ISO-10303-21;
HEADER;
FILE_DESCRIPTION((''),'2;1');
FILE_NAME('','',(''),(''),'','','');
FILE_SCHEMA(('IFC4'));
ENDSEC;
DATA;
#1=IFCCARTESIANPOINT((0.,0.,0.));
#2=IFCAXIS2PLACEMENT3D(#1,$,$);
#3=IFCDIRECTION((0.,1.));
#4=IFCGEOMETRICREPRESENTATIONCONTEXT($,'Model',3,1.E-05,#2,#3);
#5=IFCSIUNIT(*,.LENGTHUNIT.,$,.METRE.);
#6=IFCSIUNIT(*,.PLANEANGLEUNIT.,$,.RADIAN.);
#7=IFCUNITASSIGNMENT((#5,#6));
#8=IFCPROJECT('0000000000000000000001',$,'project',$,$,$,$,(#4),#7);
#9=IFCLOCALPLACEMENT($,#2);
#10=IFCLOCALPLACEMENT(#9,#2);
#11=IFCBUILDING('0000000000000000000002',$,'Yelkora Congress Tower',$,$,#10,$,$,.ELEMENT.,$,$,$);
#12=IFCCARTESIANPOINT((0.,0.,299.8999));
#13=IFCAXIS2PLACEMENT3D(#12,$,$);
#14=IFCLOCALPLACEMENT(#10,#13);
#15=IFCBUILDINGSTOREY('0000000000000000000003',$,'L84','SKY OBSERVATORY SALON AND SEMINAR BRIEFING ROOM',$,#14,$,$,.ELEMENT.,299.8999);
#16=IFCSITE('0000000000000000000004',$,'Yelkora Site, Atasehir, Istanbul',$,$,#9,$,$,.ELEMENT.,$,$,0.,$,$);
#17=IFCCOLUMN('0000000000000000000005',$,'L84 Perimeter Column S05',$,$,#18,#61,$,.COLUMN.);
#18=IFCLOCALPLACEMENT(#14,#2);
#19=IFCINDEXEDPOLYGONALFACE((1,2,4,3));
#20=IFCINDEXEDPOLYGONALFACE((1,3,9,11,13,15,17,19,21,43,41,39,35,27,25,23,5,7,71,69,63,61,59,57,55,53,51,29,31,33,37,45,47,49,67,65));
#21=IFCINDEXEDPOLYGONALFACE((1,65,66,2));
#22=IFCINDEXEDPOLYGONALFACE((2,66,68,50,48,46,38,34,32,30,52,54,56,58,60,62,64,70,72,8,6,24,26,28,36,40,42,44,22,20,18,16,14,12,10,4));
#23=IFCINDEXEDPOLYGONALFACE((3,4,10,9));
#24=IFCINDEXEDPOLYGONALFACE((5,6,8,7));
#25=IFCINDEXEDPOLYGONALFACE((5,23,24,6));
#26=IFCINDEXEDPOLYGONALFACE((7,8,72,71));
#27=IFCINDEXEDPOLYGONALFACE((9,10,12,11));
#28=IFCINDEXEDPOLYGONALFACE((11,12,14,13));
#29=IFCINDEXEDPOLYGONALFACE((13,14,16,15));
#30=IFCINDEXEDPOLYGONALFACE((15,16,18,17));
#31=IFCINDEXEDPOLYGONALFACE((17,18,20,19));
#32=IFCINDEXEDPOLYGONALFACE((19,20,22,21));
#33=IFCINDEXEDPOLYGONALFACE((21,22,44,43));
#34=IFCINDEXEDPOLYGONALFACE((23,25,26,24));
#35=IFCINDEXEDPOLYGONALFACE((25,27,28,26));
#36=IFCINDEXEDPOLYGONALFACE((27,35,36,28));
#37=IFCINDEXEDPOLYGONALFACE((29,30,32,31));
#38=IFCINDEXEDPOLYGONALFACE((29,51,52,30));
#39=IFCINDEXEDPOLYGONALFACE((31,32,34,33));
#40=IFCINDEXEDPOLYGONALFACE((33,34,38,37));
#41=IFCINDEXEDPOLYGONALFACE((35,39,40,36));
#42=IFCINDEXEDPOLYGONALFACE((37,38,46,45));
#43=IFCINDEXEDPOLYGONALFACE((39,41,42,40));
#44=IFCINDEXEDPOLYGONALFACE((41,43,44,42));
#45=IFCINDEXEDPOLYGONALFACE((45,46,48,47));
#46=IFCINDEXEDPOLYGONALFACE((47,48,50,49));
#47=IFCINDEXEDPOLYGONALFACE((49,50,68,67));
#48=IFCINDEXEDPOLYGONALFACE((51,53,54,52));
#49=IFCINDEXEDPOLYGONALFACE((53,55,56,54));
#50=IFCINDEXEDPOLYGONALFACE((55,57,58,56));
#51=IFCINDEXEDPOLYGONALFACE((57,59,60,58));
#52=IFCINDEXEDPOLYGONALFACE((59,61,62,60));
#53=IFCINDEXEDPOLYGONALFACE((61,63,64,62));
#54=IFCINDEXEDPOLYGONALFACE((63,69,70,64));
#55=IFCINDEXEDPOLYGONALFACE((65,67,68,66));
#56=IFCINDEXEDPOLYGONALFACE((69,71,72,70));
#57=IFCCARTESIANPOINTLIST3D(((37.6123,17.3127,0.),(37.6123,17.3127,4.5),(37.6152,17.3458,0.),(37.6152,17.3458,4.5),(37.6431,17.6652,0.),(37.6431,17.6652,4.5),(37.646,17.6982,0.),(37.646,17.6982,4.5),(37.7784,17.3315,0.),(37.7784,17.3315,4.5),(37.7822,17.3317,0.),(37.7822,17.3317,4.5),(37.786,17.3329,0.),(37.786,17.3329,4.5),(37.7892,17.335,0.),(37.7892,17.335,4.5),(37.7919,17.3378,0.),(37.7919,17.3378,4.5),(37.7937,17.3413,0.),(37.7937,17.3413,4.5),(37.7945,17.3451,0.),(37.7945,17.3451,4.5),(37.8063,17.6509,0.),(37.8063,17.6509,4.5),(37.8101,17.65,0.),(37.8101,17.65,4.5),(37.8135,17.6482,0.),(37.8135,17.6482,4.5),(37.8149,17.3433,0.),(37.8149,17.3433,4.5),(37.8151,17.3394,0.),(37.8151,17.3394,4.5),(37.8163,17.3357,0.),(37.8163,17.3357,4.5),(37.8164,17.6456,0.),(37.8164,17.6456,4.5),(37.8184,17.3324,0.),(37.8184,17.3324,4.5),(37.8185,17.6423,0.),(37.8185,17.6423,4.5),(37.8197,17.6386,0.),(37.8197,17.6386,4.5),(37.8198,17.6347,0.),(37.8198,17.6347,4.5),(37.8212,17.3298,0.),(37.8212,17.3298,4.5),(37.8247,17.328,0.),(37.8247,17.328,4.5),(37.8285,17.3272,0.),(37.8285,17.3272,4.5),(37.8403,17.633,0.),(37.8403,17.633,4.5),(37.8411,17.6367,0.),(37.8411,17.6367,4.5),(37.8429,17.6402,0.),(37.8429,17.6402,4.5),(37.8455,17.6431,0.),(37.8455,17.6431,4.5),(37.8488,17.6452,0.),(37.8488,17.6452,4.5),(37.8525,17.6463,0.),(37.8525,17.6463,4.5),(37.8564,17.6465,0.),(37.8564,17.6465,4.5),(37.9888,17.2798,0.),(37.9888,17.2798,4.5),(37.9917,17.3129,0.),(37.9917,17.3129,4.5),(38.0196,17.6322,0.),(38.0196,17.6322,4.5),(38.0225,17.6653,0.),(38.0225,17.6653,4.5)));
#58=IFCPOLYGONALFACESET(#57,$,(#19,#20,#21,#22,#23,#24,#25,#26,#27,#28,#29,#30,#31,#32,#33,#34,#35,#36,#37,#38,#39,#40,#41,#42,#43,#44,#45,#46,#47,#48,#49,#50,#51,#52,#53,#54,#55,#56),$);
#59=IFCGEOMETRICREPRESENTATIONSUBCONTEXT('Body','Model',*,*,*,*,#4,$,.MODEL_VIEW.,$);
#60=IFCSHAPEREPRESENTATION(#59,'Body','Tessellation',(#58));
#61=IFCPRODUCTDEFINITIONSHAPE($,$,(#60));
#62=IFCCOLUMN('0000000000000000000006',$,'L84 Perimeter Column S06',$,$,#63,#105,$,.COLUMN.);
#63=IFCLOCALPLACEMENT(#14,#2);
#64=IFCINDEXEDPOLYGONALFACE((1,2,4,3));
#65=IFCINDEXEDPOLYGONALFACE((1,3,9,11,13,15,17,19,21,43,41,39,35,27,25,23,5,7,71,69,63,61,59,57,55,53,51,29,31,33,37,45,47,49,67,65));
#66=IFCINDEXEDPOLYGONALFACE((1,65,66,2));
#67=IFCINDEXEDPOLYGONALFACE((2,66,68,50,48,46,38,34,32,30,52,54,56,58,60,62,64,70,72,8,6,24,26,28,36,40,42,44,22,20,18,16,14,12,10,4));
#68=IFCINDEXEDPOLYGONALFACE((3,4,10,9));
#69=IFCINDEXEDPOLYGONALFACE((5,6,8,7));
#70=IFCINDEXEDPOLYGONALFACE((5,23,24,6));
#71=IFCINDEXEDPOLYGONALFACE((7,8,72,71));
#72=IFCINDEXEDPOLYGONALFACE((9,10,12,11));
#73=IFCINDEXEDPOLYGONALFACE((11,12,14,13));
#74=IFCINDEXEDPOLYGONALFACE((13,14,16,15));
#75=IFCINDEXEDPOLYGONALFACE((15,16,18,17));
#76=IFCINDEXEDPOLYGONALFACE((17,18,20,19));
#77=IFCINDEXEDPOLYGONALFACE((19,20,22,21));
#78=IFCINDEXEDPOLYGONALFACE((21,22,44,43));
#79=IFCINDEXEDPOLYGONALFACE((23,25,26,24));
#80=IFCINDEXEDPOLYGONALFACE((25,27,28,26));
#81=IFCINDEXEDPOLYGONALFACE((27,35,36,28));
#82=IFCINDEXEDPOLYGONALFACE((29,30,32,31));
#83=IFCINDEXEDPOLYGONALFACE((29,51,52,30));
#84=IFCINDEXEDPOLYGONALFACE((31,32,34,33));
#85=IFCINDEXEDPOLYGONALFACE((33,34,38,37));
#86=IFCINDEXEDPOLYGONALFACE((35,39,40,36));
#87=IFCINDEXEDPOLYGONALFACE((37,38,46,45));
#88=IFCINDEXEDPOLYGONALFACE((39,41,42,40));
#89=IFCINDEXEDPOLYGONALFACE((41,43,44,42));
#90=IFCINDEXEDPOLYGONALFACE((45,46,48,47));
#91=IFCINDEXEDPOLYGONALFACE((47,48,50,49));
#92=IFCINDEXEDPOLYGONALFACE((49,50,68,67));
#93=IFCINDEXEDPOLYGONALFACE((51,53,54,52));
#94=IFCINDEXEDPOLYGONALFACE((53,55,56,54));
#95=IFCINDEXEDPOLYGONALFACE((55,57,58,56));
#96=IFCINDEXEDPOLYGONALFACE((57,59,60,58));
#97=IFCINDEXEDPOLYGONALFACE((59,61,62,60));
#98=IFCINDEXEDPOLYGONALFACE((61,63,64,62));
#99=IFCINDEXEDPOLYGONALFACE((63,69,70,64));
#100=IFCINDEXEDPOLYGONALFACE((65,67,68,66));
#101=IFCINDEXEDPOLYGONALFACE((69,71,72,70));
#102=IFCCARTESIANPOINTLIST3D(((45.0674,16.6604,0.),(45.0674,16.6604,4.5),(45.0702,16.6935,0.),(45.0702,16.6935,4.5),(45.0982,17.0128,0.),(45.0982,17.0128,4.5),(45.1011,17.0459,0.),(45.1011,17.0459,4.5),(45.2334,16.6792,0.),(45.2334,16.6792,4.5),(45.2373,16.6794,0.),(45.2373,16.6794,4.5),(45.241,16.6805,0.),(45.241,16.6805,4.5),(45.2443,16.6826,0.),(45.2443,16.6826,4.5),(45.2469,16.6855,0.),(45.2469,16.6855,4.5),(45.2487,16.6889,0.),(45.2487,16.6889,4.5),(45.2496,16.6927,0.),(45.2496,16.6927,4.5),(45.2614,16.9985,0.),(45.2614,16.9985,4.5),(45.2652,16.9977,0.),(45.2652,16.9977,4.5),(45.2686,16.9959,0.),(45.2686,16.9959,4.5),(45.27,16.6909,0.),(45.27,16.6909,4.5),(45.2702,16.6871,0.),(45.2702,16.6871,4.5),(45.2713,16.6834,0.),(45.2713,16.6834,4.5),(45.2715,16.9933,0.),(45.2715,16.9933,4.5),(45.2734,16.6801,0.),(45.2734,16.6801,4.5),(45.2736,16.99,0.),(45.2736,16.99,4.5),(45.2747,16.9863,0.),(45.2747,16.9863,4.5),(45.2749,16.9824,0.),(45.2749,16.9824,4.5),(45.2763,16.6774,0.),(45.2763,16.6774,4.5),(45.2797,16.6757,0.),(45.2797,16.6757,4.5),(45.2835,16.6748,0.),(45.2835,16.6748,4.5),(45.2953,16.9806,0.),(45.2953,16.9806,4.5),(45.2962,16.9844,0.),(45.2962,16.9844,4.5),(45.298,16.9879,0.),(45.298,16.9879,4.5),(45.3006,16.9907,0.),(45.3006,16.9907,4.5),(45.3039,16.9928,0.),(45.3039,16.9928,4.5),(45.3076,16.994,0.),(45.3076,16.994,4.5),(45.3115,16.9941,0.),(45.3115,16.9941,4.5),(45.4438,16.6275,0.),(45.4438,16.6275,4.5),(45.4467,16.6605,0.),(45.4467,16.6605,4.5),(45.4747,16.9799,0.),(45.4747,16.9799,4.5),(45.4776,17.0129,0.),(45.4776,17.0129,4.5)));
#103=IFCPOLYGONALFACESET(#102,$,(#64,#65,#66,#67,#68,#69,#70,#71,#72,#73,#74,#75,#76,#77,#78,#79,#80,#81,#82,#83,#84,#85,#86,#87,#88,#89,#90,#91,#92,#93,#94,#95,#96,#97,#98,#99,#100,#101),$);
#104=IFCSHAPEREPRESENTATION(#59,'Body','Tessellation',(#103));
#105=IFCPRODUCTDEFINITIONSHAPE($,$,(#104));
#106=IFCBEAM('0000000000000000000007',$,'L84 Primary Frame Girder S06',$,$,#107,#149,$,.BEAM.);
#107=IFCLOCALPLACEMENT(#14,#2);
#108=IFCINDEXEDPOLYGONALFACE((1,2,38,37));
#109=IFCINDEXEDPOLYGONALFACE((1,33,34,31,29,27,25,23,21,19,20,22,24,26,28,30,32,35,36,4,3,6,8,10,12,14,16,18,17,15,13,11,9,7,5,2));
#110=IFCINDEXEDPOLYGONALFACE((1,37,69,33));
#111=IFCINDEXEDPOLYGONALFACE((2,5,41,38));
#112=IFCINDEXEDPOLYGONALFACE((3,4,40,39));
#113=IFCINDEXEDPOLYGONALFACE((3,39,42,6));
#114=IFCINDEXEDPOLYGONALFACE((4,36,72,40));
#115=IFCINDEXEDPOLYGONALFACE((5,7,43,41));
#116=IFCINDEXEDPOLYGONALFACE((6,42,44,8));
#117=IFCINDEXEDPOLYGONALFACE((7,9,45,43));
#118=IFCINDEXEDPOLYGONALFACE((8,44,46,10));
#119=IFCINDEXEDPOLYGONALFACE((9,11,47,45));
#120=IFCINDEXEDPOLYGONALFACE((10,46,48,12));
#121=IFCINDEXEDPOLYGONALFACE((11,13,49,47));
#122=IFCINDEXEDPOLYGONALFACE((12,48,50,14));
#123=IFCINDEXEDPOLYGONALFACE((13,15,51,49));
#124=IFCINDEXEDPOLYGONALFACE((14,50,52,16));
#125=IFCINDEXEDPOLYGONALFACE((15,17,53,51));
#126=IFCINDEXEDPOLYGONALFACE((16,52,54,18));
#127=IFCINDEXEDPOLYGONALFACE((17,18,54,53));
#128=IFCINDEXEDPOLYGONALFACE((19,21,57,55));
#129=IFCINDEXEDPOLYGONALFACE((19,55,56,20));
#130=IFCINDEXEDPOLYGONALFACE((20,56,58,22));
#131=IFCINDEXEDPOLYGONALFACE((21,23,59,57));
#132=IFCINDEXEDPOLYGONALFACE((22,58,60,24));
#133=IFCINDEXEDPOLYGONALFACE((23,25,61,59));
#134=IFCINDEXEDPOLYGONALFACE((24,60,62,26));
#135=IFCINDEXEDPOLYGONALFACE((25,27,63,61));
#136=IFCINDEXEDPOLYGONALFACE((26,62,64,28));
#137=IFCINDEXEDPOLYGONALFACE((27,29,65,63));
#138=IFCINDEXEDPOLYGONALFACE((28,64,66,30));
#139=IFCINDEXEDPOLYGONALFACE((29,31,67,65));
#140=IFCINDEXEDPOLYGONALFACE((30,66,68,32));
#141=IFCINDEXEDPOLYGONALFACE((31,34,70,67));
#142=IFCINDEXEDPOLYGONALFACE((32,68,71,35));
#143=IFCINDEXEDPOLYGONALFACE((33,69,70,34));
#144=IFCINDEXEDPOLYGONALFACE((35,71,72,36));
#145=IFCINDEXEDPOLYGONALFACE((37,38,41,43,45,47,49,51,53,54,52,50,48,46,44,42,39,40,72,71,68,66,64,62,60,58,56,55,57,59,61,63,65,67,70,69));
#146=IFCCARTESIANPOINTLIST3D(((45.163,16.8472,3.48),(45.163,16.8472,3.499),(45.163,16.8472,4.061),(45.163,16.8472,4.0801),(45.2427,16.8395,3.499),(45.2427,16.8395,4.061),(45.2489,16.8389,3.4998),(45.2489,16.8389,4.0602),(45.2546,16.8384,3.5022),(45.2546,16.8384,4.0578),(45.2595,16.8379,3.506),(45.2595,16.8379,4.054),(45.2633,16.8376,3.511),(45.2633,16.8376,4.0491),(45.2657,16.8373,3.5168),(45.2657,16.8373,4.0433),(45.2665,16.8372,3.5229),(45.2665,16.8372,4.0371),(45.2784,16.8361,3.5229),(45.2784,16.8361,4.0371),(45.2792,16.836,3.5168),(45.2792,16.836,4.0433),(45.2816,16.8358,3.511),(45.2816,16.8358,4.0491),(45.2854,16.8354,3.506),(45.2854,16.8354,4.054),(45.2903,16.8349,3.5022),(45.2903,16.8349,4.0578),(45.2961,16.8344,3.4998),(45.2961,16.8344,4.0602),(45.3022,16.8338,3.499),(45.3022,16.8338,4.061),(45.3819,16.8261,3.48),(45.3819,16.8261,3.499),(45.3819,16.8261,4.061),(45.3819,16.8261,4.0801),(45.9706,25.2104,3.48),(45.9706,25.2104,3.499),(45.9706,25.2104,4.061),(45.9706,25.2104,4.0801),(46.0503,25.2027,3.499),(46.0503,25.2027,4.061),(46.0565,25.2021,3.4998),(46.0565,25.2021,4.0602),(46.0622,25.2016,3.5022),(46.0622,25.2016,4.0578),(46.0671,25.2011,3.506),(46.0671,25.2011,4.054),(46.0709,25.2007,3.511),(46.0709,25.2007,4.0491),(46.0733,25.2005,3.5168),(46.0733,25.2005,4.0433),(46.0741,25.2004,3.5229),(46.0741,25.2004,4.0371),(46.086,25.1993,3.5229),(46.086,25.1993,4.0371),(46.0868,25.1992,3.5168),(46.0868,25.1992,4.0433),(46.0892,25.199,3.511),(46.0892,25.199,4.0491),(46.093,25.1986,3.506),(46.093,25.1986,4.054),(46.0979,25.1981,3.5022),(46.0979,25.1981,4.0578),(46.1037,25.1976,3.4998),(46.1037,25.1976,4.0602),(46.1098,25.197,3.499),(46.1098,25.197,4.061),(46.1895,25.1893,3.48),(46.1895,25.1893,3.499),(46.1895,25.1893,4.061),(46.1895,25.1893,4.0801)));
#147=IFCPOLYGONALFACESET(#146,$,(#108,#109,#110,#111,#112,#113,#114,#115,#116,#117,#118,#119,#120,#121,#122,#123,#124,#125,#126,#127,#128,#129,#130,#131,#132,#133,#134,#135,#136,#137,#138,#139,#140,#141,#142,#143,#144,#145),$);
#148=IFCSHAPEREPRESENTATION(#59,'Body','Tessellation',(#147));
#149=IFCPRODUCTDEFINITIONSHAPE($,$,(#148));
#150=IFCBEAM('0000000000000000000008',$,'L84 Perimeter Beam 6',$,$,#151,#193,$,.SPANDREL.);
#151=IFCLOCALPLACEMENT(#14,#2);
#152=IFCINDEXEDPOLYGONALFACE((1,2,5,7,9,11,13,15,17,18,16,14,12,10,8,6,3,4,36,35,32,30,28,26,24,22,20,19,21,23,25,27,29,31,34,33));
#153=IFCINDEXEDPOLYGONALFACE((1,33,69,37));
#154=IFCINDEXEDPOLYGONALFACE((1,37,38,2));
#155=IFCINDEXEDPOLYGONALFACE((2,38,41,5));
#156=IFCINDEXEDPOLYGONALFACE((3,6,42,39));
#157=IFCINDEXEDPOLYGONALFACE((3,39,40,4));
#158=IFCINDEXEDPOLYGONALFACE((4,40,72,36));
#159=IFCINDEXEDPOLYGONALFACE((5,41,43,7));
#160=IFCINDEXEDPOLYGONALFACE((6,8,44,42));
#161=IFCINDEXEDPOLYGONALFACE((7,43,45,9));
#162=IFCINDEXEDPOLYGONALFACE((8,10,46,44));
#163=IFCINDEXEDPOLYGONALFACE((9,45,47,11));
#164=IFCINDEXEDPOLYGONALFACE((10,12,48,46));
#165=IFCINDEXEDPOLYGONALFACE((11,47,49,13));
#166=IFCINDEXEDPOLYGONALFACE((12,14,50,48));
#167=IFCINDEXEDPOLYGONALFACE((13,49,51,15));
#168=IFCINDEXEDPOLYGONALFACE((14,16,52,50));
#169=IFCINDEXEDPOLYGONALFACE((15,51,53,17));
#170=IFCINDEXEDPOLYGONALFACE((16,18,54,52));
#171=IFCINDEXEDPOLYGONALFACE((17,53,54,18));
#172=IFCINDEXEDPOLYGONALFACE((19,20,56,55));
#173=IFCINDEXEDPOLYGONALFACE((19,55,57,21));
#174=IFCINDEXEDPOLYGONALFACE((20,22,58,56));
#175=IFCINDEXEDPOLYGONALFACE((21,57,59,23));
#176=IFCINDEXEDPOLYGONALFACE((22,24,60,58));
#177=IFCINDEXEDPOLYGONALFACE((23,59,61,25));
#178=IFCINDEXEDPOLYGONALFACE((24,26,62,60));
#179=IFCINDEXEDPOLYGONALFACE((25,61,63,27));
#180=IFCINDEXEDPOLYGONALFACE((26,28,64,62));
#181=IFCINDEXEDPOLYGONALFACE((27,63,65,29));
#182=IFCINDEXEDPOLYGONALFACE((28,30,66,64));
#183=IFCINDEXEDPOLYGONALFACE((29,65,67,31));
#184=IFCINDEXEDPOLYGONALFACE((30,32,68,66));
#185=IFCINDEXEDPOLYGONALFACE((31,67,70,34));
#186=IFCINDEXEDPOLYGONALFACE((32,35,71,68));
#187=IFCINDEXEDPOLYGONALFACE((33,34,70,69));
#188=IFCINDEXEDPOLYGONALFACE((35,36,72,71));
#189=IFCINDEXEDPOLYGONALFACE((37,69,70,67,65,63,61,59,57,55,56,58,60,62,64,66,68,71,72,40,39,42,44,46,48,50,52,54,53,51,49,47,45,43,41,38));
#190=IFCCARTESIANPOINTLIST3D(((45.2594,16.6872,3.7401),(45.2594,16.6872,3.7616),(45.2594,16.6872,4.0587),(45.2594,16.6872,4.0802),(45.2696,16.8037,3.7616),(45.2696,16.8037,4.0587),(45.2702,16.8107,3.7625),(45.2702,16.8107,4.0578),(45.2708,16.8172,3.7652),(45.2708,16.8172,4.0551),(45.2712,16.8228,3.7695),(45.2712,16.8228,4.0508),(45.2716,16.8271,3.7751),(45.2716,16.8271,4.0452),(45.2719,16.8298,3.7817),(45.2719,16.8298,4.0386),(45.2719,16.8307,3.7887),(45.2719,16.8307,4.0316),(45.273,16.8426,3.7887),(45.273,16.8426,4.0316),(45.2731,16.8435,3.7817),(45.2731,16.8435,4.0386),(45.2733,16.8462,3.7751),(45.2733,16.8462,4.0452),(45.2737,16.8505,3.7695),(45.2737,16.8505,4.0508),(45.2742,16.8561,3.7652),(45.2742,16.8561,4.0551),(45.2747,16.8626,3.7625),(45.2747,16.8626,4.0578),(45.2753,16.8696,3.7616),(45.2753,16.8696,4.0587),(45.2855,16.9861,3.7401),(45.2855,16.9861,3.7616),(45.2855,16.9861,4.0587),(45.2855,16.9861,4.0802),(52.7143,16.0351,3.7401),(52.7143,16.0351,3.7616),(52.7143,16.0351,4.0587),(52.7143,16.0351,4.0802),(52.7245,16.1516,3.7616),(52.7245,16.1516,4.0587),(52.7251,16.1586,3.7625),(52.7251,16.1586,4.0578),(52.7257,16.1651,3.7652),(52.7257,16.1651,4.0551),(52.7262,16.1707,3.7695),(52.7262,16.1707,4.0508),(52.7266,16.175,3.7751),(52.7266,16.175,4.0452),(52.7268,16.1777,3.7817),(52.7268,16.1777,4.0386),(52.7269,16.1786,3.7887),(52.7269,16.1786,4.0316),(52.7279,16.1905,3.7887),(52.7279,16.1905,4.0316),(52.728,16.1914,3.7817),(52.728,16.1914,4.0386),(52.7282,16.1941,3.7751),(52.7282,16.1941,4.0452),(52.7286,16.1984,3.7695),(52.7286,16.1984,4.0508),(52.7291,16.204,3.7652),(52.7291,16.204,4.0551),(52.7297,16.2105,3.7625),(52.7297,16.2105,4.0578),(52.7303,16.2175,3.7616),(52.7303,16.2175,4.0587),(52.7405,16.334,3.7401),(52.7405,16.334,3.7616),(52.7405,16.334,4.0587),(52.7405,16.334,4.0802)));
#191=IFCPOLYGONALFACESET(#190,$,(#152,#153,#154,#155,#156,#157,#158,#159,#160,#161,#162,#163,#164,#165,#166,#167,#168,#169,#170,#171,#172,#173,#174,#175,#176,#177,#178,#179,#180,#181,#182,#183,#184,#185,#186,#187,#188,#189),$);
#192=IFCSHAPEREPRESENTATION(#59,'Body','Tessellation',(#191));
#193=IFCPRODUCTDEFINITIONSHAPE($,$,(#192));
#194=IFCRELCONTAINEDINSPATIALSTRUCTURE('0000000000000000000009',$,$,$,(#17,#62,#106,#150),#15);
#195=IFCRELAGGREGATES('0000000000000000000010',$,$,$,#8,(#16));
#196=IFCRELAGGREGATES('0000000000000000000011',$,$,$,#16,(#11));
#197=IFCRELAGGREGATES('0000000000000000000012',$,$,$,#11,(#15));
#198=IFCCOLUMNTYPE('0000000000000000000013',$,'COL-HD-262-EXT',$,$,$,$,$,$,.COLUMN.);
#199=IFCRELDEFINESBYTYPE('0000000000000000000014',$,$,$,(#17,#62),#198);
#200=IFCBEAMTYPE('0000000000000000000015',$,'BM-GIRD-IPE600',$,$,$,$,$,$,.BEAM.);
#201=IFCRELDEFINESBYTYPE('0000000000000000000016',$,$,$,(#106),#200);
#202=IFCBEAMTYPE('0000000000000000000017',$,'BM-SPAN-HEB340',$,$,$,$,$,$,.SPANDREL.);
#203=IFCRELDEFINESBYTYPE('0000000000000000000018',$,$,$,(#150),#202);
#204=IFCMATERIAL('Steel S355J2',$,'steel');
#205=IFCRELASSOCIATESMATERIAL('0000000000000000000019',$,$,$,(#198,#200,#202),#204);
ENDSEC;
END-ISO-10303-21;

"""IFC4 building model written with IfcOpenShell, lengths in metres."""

from ifc_helpers import new_model, si_unit, direction, frame, origin, origin_2d, place, context, subcontext, project, spatial, i_section, extrude, material, material_profile, profile_set, type_object, element, save


model = new_model("IFC4")

# Units and contexts
model_context = context("Model", 3, precision=1e-05, world=origin(), true_north=direction((0.0, 1.0)))
body_context = subcontext(model_context, "Body", "Model", "MODEL_VIEW")
ifc_project = project(units=[si_unit("LENGTHUNIT", "METRE"), si_unit("PLANEANGLEUNIT", "RADIAN")], contexts=[model_context])

# Site, building, storey
site_placement = place(None, origin())
site = spatial("IfcSite", under=ifc_project, at=site_placement, Name="Yelkora Site, Atasehir, Istanbul", CompositionType="ELEMENT", RefElevation=0.0)
building_placement = place(site_placement, origin())
building = spatial("IfcBuilding", under=site, at=building_placement, Name="Yelkora Congress Tower", CompositionType="ELEMENT")
storey_placement = place(building_placement, frame((0.0, 0.0, 299.8999)))
storey = spatial("IfcBuildingStorey", under=building, at=storey_placement, Name="L84", Description="SKY OBSERVATORY SALON AND SEMINAR BRIEFING ROOM", CompositionType="ELEMENT", Elevation=299.8999)

# Columns
ifc_material_1 = material(Name="Steel S355J2", Category="steel")
ifc_material_profile_1 = material_profile(ifc_material_1, i_section(OverallWidth=0.3779, OverallDepth=0.387, WebThickness=0.0205, FlangeThickness=0.0332, FilletRadius=0.0149, at=origin_2d()), Name="HD 360x262")
ifc_profile_set_1 = profile_set([ifc_material_profile_1], Name="Steel S355J2")
column_type = type_object("IfcColumnType", Name="COL-HD-262-EXT", PredefinedType="COLUMN", material=ifc_profile_set_1)
for number, where, z_axis, x_axis, name in (
    (1, (37.8174, 17.489, 0.0), (0.0, 0.0, 1.0), (0.996195, -0.087156, 0.0), "L84 Perimeter Column S05"),
    (2, (45.2725, 16.8367, 0.0), (0.0, 0.0, 1.0), (0.996195, -0.087156, 0.0), "L84 Perimeter Column S06"),
):
    element("IfcColumn", number, at=place(storey_placement, frame(where, z_axis=z_axis, x_axis=x_axis)), inside=storey, type_object=column_type, Name=name, PredefinedType="COLUMN", context=body_context, shape_type="SweptSolid", body=[
        extrude(i_section(OverallWidth=0.3779, OverallDepth=0.387, WebThickness=0.0205, FlangeThickness=0.0332, FilletRadius=0.0149, at=origin_2d()), origin(), (0.0, 0.0, 1.0), 4.5),
    ])

# Beams
ifc_material_profile_2 = material_profile(ifc_material_1, i_section(OverallWidth=0.22, OverallDepth=0.6001, WebThickness=0.012, FlangeThickness=0.019, FilletRadius=0.0239, at=origin_2d()), Name="IPE 600")
ifc_profile_set_2 = profile_set([ifc_material_profile_2], Name="Steel S355J2")
beam_type_1 = type_object("IfcBeamType", Name="BM-GIRD-IPE600", PredefinedType="BEAM", material=ifc_profile_set_2)
beam_1_placement = place(storey_placement, frame((45.2725, 16.8367, 3.78), z_axis=(0.09612, 0.99537, 0.0), x_axis=(-0.99537, 0.09612, 0.0)))
element("IfcBeam", 3, at=beam_1_placement, inside=storey, type_object=beam_type_1, Name="L84 Primary Frame Girder S06", PredefinedType="BEAM", context=body_context, shape_type="SweptSolid", body=[
    extrude(i_section(OverallWidth=0.22, OverallDepth=0.6001, WebThickness=0.012, FlangeThickness=0.019, FilletRadius=0.0239, at=origin_2d()), origin(), (0.0, 0.0, 1.0), 8.4021),
])
ifc_material_profile_3 = material_profile(ifc_material_1, i_section(OverallWidth=0.3, OverallDepth=0.3401, WebThickness=0.012, FlangeThickness=0.0215, FilletRadius=0.0271, at=origin_2d()), Name="HEB 340")
ifc_profile_set_3 = profile_set([ifc_material_profile_3], Name="Steel S355J2")
beam_type_2 = type_object("IfcBeamType", Name="BM-SPAN-HEB340", PredefinedType="SPANDREL", material=ifc_profile_set_3)
beam_2_placement = place(storey_placement, frame((45.2725, 16.8367, 3.9102), z_axis=(0.996196, -0.087141, 0.0), x_axis=(0.087141, 0.996196, 0.0)))
element("IfcBeam", 4, at=beam_2_placement, inside=storey, type_object=beam_type_2, Name="L84 Perimeter Beam 6", PredefinedType="SPANDREL", context=body_context, shape_type="SweptSolid", body=[
    extrude(i_section(OverallWidth=0.3, OverallDepth=0.3401, WebThickness=0.012, FlangeThickness=0.0215, FilletRadius=0.0271, at=origin_2d()), origin(), (0.0, 0.0, 1.0), 7.4834),
])

save(model, "model.ifc")
